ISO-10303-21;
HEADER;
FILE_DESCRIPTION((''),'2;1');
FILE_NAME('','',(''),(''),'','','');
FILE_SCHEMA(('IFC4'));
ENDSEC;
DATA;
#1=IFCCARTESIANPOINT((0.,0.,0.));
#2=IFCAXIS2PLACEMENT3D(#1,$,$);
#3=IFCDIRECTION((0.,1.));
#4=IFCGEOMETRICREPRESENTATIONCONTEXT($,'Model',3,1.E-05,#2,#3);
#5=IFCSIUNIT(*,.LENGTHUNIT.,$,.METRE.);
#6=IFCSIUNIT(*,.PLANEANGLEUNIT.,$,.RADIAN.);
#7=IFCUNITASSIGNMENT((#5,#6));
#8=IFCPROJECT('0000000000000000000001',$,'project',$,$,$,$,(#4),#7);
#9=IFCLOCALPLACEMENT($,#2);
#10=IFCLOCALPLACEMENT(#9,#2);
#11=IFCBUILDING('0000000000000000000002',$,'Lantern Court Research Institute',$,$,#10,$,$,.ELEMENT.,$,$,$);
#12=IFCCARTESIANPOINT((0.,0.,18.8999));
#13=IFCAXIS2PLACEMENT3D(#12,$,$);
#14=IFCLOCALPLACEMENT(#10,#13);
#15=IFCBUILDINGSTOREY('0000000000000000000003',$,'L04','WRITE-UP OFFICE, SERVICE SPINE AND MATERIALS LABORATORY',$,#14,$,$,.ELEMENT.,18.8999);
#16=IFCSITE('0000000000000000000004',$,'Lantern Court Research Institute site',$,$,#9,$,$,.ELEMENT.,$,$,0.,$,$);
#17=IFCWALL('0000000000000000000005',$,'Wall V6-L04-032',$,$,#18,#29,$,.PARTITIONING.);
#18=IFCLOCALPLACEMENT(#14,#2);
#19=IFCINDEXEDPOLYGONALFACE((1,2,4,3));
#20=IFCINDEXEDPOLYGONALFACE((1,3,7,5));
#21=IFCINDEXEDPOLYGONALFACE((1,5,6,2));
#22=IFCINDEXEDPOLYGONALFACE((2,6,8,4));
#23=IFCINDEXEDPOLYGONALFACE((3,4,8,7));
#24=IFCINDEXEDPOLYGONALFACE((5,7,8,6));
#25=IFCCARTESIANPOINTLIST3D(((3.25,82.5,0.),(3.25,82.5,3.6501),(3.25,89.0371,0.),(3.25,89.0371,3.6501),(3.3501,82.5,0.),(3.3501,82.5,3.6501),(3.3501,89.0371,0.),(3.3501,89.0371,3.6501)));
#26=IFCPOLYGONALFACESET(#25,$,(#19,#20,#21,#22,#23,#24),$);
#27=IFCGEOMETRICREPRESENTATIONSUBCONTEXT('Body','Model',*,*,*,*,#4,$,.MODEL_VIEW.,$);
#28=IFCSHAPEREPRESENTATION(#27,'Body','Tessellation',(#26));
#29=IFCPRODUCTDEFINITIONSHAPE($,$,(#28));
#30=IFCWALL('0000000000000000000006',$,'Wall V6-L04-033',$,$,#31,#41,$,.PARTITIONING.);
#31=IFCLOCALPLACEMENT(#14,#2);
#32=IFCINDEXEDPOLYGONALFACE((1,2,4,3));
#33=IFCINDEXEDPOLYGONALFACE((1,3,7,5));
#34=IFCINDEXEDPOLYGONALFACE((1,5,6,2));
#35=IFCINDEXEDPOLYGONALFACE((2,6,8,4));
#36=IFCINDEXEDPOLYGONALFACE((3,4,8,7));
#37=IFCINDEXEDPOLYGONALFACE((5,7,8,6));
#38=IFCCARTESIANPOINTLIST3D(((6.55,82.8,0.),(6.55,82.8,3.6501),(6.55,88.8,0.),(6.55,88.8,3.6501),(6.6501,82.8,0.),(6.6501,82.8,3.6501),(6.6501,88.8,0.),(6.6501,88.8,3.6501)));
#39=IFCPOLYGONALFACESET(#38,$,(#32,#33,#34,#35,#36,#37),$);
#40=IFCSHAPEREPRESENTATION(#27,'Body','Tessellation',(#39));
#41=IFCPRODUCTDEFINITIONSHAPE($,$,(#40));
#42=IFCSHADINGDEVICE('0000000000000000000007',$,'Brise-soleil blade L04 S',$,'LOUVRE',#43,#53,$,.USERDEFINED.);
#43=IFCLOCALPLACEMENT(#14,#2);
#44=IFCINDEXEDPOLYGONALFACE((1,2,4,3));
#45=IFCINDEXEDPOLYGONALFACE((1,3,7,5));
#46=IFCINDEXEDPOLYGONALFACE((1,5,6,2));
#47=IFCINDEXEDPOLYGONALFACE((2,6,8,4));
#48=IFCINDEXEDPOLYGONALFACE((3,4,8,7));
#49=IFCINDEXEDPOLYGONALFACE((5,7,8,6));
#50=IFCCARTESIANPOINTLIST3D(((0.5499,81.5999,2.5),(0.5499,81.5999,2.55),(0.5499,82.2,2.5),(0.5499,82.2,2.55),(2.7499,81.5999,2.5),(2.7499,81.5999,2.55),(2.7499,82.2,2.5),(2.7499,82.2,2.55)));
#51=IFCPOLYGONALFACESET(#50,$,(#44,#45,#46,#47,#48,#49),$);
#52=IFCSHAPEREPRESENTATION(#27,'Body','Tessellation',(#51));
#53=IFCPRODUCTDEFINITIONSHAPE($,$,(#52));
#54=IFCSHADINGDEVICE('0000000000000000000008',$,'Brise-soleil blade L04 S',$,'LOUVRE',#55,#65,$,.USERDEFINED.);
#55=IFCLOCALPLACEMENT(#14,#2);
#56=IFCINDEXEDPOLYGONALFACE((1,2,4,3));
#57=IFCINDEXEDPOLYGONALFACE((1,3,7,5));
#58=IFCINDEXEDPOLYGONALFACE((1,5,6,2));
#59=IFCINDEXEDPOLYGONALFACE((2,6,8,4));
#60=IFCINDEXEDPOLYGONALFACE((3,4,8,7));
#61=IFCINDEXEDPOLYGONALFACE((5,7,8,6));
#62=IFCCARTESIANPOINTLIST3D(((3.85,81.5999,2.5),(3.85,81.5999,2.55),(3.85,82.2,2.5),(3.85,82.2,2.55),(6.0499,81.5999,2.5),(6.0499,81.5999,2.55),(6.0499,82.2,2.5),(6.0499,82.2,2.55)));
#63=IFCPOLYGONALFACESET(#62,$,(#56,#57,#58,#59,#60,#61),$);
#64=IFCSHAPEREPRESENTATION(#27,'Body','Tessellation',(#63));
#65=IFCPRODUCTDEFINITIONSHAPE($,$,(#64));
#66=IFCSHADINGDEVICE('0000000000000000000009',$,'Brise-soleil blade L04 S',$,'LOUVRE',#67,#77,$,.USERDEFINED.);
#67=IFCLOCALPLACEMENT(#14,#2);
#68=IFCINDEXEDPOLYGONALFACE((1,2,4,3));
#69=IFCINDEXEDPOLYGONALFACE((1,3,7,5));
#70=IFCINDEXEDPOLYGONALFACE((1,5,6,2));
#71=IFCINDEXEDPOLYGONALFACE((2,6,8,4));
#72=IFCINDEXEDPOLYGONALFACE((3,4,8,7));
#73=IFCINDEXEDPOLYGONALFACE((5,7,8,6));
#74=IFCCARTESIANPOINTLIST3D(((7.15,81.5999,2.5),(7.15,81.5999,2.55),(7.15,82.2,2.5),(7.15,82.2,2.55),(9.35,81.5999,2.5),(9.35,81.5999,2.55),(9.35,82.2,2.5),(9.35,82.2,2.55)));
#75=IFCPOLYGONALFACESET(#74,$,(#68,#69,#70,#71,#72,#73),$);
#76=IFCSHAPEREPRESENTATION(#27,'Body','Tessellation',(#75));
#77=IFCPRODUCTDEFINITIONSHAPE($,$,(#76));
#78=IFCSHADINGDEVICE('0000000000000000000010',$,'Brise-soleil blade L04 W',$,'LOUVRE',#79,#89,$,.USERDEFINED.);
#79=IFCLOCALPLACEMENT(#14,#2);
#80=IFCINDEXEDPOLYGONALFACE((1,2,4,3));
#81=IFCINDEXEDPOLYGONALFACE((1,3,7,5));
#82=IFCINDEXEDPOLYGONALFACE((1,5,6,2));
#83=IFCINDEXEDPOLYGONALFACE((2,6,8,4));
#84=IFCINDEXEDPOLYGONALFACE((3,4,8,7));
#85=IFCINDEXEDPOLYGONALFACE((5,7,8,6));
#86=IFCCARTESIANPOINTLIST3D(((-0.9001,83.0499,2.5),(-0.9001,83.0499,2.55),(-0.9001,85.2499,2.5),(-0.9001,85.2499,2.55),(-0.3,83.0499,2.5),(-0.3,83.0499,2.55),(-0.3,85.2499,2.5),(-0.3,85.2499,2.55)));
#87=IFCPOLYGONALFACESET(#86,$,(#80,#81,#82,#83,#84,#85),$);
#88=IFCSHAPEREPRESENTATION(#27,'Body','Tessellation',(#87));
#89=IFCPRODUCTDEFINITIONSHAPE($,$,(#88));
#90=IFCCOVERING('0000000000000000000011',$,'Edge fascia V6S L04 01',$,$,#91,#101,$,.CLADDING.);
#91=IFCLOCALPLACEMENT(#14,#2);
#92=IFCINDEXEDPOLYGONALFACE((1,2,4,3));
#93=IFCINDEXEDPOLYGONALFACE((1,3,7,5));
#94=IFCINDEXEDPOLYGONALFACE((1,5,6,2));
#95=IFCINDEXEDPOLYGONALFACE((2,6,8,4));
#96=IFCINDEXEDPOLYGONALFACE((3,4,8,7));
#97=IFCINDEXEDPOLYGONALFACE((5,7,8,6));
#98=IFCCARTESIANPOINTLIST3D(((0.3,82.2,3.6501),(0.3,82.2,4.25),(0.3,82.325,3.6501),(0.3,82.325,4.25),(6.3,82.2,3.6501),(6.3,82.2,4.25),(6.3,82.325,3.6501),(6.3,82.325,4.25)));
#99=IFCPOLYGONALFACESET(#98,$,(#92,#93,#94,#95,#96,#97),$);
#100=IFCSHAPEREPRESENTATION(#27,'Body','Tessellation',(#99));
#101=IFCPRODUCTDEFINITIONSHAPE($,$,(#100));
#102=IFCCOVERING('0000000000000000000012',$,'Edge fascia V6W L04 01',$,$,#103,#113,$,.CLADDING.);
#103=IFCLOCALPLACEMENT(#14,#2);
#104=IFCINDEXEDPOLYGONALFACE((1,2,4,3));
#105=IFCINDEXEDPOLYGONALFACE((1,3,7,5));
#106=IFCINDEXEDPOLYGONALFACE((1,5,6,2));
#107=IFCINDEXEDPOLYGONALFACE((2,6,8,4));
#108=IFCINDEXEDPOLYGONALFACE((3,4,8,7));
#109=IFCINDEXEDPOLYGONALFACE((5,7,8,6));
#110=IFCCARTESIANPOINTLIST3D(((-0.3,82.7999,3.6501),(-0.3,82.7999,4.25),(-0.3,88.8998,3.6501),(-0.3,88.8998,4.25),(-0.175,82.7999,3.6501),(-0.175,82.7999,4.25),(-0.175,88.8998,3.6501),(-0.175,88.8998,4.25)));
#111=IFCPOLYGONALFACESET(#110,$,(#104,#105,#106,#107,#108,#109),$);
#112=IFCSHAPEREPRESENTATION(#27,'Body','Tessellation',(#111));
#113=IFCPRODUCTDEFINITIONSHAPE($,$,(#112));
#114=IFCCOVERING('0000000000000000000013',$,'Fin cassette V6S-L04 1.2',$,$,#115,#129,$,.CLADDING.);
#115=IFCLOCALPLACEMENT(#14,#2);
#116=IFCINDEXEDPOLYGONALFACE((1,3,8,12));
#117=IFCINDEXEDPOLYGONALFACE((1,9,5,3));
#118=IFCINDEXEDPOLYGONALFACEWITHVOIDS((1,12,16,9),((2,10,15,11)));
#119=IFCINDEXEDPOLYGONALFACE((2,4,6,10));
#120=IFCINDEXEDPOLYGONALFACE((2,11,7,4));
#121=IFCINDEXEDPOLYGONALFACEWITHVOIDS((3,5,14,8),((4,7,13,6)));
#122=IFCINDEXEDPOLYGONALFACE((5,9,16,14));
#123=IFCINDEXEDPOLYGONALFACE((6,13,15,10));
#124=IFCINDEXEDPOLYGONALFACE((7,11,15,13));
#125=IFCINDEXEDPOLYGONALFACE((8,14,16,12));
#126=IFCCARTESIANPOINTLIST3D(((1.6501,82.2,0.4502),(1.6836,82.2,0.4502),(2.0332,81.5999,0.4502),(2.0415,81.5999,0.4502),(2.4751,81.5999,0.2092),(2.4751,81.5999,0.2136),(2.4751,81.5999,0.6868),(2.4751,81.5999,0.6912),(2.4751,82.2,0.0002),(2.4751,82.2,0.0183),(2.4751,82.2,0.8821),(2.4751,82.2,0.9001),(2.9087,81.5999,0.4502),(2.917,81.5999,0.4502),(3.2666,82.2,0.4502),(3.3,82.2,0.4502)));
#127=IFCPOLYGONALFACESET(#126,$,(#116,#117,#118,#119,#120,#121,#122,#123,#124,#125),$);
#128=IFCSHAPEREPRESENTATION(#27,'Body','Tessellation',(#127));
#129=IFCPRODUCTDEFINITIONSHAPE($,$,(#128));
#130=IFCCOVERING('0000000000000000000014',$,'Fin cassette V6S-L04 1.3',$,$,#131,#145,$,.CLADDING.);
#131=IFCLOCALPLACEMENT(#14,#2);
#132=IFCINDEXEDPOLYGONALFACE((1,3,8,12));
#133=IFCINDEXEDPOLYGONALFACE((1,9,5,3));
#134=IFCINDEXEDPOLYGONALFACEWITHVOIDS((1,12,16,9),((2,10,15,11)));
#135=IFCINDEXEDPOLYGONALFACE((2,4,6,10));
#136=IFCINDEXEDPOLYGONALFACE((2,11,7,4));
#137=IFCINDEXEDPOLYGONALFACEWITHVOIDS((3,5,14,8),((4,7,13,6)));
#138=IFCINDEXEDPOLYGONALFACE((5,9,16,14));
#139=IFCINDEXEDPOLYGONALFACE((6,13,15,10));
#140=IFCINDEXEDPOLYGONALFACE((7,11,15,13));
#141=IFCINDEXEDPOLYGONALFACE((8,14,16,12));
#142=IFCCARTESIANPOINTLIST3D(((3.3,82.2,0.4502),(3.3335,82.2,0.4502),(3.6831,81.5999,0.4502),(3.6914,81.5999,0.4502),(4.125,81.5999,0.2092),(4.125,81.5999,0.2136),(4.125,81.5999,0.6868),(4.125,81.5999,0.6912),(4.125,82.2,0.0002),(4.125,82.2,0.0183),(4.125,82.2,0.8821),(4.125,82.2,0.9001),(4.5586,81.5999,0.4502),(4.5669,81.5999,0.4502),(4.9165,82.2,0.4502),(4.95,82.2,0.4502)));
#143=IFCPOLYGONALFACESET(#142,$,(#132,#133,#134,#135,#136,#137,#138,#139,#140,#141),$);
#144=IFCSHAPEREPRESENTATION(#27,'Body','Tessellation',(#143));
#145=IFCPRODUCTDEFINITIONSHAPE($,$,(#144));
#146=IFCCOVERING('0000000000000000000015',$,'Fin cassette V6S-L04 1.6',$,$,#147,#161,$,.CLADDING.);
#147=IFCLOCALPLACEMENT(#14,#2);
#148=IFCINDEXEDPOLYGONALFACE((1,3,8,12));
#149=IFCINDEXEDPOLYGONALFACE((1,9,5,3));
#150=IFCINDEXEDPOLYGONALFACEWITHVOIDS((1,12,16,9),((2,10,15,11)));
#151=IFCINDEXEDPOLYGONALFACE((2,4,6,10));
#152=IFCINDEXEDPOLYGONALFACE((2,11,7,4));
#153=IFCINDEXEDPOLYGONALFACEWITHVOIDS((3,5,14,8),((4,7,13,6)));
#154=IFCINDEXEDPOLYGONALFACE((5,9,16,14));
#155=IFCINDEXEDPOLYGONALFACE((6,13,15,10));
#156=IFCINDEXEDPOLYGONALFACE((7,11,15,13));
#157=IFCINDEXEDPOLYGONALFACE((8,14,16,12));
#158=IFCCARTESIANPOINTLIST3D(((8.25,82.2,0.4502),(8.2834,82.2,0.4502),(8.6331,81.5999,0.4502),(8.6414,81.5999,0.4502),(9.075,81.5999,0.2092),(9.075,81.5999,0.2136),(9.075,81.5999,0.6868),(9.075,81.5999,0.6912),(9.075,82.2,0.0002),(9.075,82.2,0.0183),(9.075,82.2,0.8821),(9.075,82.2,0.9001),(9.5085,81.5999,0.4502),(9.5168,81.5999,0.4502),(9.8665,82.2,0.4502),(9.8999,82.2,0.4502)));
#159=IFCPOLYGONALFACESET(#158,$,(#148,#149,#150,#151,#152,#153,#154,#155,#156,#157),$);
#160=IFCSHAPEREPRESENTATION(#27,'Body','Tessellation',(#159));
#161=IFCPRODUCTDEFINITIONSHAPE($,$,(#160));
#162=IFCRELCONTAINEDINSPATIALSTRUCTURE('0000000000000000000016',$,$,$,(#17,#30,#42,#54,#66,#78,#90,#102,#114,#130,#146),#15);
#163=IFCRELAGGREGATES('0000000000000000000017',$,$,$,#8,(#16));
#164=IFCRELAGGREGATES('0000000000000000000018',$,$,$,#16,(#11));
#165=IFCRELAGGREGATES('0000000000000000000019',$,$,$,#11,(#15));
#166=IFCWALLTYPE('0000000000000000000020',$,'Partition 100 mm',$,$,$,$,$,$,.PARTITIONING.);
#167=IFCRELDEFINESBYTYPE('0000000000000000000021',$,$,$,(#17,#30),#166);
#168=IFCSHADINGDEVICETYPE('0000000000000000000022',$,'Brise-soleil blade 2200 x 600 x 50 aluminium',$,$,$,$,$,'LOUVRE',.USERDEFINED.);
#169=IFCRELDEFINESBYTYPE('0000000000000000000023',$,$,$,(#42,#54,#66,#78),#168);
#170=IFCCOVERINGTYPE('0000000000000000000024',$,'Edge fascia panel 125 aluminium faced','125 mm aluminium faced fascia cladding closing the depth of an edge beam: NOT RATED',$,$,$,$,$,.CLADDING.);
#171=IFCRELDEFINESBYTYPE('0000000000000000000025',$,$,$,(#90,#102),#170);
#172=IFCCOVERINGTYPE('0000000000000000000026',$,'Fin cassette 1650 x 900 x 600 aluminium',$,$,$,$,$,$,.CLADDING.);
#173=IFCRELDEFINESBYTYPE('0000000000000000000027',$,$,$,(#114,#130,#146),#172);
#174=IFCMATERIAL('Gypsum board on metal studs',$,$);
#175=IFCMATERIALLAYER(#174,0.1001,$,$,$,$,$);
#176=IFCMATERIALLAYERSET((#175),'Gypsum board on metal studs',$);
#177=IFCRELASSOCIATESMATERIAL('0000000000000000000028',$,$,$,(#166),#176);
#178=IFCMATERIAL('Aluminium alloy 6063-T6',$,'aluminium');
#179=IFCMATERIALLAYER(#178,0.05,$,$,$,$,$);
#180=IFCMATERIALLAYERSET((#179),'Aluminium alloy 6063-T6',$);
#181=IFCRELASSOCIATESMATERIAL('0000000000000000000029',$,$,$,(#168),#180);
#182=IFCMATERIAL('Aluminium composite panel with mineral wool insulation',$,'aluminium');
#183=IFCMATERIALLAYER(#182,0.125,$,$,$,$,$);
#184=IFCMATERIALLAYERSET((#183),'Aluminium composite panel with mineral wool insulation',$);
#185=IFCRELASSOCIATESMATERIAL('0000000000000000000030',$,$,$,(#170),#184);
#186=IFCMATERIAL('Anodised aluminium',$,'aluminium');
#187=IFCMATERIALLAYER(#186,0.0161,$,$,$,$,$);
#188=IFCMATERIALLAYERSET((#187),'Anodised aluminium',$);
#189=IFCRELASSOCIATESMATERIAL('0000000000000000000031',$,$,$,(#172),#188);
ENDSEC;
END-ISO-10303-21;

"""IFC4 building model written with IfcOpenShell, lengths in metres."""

from ifc_helpers import new_model, entity, si_unit, direction, frame, frame_2d, origin, origin_2d, place, context, subcontext, project, spatial, rectangle, extrude, material, layer, layer_set, type_object, element, save


model = new_model("IFC4")

# Units and contexts
model_context = context("Model", 3, precision=1e-05, world=origin(), true_north=direction((0.0, 1.0)))
body_context = subcontext(model_context, "Body", "Model", "MODEL_VIEW")
ifc_project = project(units=[si_unit("LENGTHUNIT", "METRE"), si_unit("PLANEANGLEUNIT", "RADIAN")], contexts=[model_context])

# Site, building, storey
site_placement = place(None, origin())
site = spatial("IfcSite", under=ifc_project, at=site_placement, Name="Lantern Court Research Institute site", CompositionType="ELEMENT", RefElevation=0.0)
building_placement = place(site_placement, origin())
building = spatial("IfcBuilding", under=site, at=building_placement, Name="Lantern Court Research Institute", CompositionType="ELEMENT")
storey_placement = place(building_placement, frame((0.0, 0.0, 18.8999)))
storey = spatial("IfcBuildingStorey", under=building, at=storey_placement, Name="L04", Description="WRITE-UP OFFICE, SERVICE SPINE AND MATERIALS LABORATORY", CompositionType="ELEMENT", Elevation=18.8999)

# Walls
ifc_material_1 = material(Name="Gypsum board on metal studs")
ifc_layer_1 = layer(ifc_material_1, 0.1001)
ifc_layer_set_1 = layer_set([ifc_layer_1], Name="Gypsum board on metal studs")
wall_type_1 = type_object("IfcWallType", Name="Partition 100 mm", PredefinedType="PARTITIONING", material=ifc_layer_set_1)
wall_1_placement = place(storey_placement, frame((3.3, 82.5, 0.0), z_axis=(0.0, 0.0, 1.0), x_axis=(0.0, 1.0, 0.0)))
element("IfcWall", 1, at=wall_1_placement, inside=storey, type_object=wall_type_1, Name="Wall V6-L04-032", PredefinedType="PARTITIONING", context=body_context, shape_type="SweptSolid", body=[
    extrude(rectangle(XDim=6.5371, YDim=0.1001, at=frame_2d((3.2686, 0.0))), origin(), (0.0, 0.0, 1.0), 3.6501),
])
wall_2_placement = place(storey_placement, frame((6.6001, 82.8, 0.0), z_axis=(0.0, 0.0, 1.0), x_axis=(0.0, 1.0, 0.0)))
element("IfcWall", 2, at=wall_2_placement, inside=storey, type_object=wall_type_1, Name="Wall V6-L04-033", PredefinedType="PARTITIONING", context=body_context, shape_type="SweptSolid", body=[
    extrude(rectangle(XDim=6.0, YDim=0.1001, at=frame_2d((3.0, 0.0))), origin(), (0.0, 0.0, 1.0), 3.6501),
])

# Shading devices
ifc_material_2 = material(Name="Aluminium alloy 6063-T6", Category="aluminium")
ifc_layer_2 = layer(ifc_material_2, 0.05)
ifc_layer_set_2 = layer_set([ifc_layer_2], Name="Aluminium alloy 6063-T6")
shading_device_type = type_object("IfcShadingDeviceType", Name="Brise-soleil blade 2200 x 600 x 50 aluminium", ElementType="LOUVRE", PredefinedType="USERDEFINED", material=ifc_layer_set_2)
for number, where, z_axis, x_axis, name in (
    (3, (1.6499, 81.8999, 2.5), (0.0, 0.0, 1.0), (-1.0, 0.0, 0.0), "Brise-soleil blade L04 S"),
    (4, (4.95, 81.8999, 2.5), (0.0, 0.0, 1.0), (-1.0, 0.0, 0.0), "Brise-soleil blade L04 S"),
    (5, (8.25, 81.8999, 2.5), (0.0, 0.0, 1.0), (-1.0, 0.0, 0.0), "Brise-soleil blade L04 S"),
    (6, (-0.6001, 84.1499, 2.5), (0.0, 0.0, 1.0), (0.0, 1.0, 0.0), "Brise-soleil blade L04 W"),
):
    element("IfcShadingDevice", number, at=place(storey_placement, frame(where, z_axis=z_axis, x_axis=x_axis)), inside=storey, type_object=shading_device_type, Name=name, ObjectType="LOUVRE", PredefinedType="USERDEFINED", context=body_context, shape_type="SweptSolid", body=[
        extrude(rectangle(XDim=2.2, YDim=0.6001, at=origin_2d()), origin(), (0.0, 0.0, 1.0), 0.05),
    ])

# Coverings
ifc_material_3 = material(Name="Aluminium composite panel with mineral wool insulation", Category="aluminium")
ifc_layer_3 = layer(ifc_material_3, 0.125)
ifc_layer_set_3 = layer_set([ifc_layer_3], Name="Aluminium composite panel with mineral wool insulation")
covering_type_1 = type_object("IfcCoveringType", Name="Edge fascia panel 125 aluminium faced", Description="125 mm aluminium faced fascia cladding closing the depth of an edge beam: NOT RATED", PredefinedType="CLADDING", material=ifc_layer_set_3)
covering_1_placement = place(storey_placement, frame((6.3, 82.2625, 3.6501), z_axis=(0.0, 0.0, 1.0), x_axis=(-1.0, 0.0, 0.0)))
element("IfcCovering", 7, at=covering_1_placement, inside=storey, type_object=covering_type_1, Name="Edge fascia V6S L04 01", PredefinedType="CLADDING", context=body_context, shape_type="SweptSolid", body=[
    extrude(rectangle(XDim=6.0, YDim=0.125, at=frame_2d((3.0, 0.0))), origin(), (0.0, 0.0, 1.0), 0.5999),
])
covering_2_placement = place(storey_placement, frame((-0.2375, 82.8, 3.6501), z_axis=(0.0, 0.0, 1.0), x_axis=(0.0, 1.0, 0.0)))
element("IfcCovering", 8, at=covering_2_placement, inside=storey, type_object=covering_type_1, Name="Edge fascia V6W L04 01", PredefinedType="CLADDING", context=body_context, shape_type="SweptSolid", body=[
    extrude(rectangle(XDim=6.0999, YDim=0.125, at=frame_2d((3.0498, 0.0))), origin(), (0.0, 0.0, 1.0), 0.5999),
])
ifc_material_4 = material(Name="Anodised aluminium", Category="aluminium")
ifc_layer_4 = layer(ifc_material_4, 0.0161)
ifc_layer_set_4 = layer_set([ifc_layer_4], Name="Anodised aluminium")
covering_type_2 = type_object("IfcCoveringType", Name="Fin cassette 1650 x 900 x 600 aluminium", PredefinedType="CLADDING", material=ifc_layer_set_4)
covering_3_placement = place(storey_placement, frame((2.4751, 82.2, 0.4502), z_axis=(0.0, -1.0, 0.0), x_axis=(1.0, 0.0, 0.0)))
cartesian_point_1 = entity("IfcCartesianPoint", [0.825, 0.0])
cartesian_point_2 = entity("IfcCartesianPoint", [0.7915, 0.0])
cartesian_point_3 = entity("IfcCartesianPoint", [0.4419, 0.0])
cartesian_point_4 = entity("IfcCartesianPoint", [0.4336, 0.0])
element("IfcCovering", 9, at=covering_3_placement, inside=storey, type_object=covering_type_2, Name="Fin cassette V6S-L04 1.2", PredefinedType="CLADDING", context=body_context, shape_type="SweptSolid", body=[
    entity("IfcExtrudedAreaSolidTapered", entity("IfcArbitraryProfileDefWithVoids", "AREA", None, entity("IfcPolyline", [cartesian_point_1, entity("IfcCartesianPoint", [0.0, 0.45]), entity("IfcCartesianPoint", [-0.825, 0.0]), entity("IfcCartesianPoint", [0.0, -0.45]), cartesian_point_1]), [entity("IfcPolyline", [cartesian_point_2, entity("IfcCartesianPoint", [0.0, 0.4319]), entity("IfcCartesianPoint", [-0.7915, 0.0]), entity("IfcCartesianPoint", [0.0, -0.4319]), cartesian_point_2])]), entity("IfcAxis2Placement3D", entity("IfcCartesianPoint", [0.0, 0.0, 0.0])), entity("IfcDirection", [0.0, 0.0, 1.0]), 0.6001, entity("IfcArbitraryProfileDefWithVoids", "AREA", None, entity("IfcPolyline", [cartesian_point_3, entity("IfcCartesianPoint", [0.0, 0.241]), entity("IfcCartesianPoint", [-0.4419, 0.0]), entity("IfcCartesianPoint", [0.0, -0.241]), cartesian_point_3]), [entity("IfcPolyline", [cartesian_point_4, entity("IfcCartesianPoint", [0.0, 0.2366]), entity("IfcCartesianPoint", [-0.4336, 0.0]), entity("IfcCartesianPoint", [0.0, -0.2366]), cartesian_point_4])])),
])
covering_4_placement = place(storey_placement, frame((4.125, 82.2, 0.4502), z_axis=(0.0, -1.0, 0.0), x_axis=(1.0, 0.0, 0.0)))
cartesian_point_5 = entity("IfcCartesianPoint", [0.825, 0.0])
cartesian_point_6 = entity("IfcCartesianPoint", [0.7915, 0.0])
cartesian_point_7 = entity("IfcCartesianPoint", [0.4419, 0.0])
cartesian_point_8 = entity("IfcCartesianPoint", [0.4336, 0.0])
element("IfcCovering", 10, at=covering_4_placement, inside=storey, type_object=covering_type_2, Name="Fin cassette V6S-L04 1.3", PredefinedType="CLADDING", context=body_context, shape_type="SweptSolid", body=[
    entity("IfcExtrudedAreaSolidTapered", entity("IfcArbitraryProfileDefWithVoids", "AREA", None, entity("IfcPolyline", [cartesian_point_5, entity("IfcCartesianPoint", [0.0, 0.45]), entity("IfcCartesianPoint", [-0.825, 0.0]), entity("IfcCartesianPoint", [0.0, -0.45]), cartesian_point_5]), [entity("IfcPolyline", [cartesian_point_6, entity("IfcCartesianPoint", [0.0, 0.4319]), entity("IfcCartesianPoint", [-0.7915, 0.0]), entity("IfcCartesianPoint", [0.0, -0.4319]), cartesian_point_6])]), entity("IfcAxis2Placement3D", entity("IfcCartesianPoint", [0.0, 0.0, 0.0])), entity("IfcDirection", [0.0, 0.0, 1.0]), 0.6001, entity("IfcArbitraryProfileDefWithVoids", "AREA", None, entity("IfcPolyline", [cartesian_point_7, entity("IfcCartesianPoint", [0.0, 0.241]), entity("IfcCartesianPoint", [-0.4419, 0.0]), entity("IfcCartesianPoint", [0.0, -0.241]), cartesian_point_7]), [entity("IfcPolyline", [cartesian_point_8, entity("IfcCartesianPoint", [0.0, 0.2366]), entity("IfcCartesianPoint", [-0.4336, 0.0]), entity("IfcCartesianPoint", [0.0, -0.2366]), cartesian_point_8])])),
])
covering_5_placement = place(storey_placement, frame((9.075, 82.2, 0.4502), z_axis=(0.0, -1.0, 0.0), x_axis=(1.0, 0.0, 0.0)))
cartesian_point_9 = entity("IfcCartesianPoint", [0.825, 0.0])
cartesian_point_10 = entity("IfcCartesianPoint", [0.7915, 0.0])
cartesian_point_11 = entity("IfcCartesianPoint", [0.4419, 0.0])
cartesian_point_12 = entity("IfcCartesianPoint", [0.4336, 0.0])
element("IfcCovering", 11, at=covering_5_placement, inside=storey, type_object=covering_type_2, Name="Fin cassette V6S-L04 1.6", PredefinedType="CLADDING", context=body_context, shape_type="SweptSolid", body=[
    entity("IfcExtrudedAreaSolidTapered", entity("IfcArbitraryProfileDefWithVoids", "AREA", None, entity("IfcPolyline", [cartesian_point_9, entity("IfcCartesianPoint", [0.0, 0.45]), entity("IfcCartesianPoint", [-0.825, 0.0]), entity("IfcCartesianPoint", [0.0, -0.45]), cartesian_point_9]), [entity("IfcPolyline", [cartesian_point_10, entity("IfcCartesianPoint", [0.0, 0.4319]), entity("IfcCartesianPoint", [-0.7915, 0.0]), entity("IfcCartesianPoint", [0.0, -0.4319]), cartesian_point_10])]), entity("IfcAxis2Placement3D", entity("IfcCartesianPoint", [0.0, 0.0, 0.0])), entity("IfcDirection", [0.0, 0.0, 1.0]), 0.6001, entity("IfcArbitraryProfileDefWithVoids", "AREA", None, entity("IfcPolyline", [cartesian_point_11, entity("IfcCartesianPoint", [0.0, 0.241]), entity("IfcCartesianPoint", [-0.4419, 0.0]), entity("IfcCartesianPoint", [0.0, -0.241]), cartesian_point_11]), [entity("IfcPolyline", [cartesian_point_12, entity("IfcCartesianPoint", [0.0, 0.2366]), entity("IfcCartesianPoint", [-0.4336, 0.0]), entity("IfcCartesianPoint", [0.0, -0.2366]), cartesian_point_12])])),
])

save(model, "model.ifc")
